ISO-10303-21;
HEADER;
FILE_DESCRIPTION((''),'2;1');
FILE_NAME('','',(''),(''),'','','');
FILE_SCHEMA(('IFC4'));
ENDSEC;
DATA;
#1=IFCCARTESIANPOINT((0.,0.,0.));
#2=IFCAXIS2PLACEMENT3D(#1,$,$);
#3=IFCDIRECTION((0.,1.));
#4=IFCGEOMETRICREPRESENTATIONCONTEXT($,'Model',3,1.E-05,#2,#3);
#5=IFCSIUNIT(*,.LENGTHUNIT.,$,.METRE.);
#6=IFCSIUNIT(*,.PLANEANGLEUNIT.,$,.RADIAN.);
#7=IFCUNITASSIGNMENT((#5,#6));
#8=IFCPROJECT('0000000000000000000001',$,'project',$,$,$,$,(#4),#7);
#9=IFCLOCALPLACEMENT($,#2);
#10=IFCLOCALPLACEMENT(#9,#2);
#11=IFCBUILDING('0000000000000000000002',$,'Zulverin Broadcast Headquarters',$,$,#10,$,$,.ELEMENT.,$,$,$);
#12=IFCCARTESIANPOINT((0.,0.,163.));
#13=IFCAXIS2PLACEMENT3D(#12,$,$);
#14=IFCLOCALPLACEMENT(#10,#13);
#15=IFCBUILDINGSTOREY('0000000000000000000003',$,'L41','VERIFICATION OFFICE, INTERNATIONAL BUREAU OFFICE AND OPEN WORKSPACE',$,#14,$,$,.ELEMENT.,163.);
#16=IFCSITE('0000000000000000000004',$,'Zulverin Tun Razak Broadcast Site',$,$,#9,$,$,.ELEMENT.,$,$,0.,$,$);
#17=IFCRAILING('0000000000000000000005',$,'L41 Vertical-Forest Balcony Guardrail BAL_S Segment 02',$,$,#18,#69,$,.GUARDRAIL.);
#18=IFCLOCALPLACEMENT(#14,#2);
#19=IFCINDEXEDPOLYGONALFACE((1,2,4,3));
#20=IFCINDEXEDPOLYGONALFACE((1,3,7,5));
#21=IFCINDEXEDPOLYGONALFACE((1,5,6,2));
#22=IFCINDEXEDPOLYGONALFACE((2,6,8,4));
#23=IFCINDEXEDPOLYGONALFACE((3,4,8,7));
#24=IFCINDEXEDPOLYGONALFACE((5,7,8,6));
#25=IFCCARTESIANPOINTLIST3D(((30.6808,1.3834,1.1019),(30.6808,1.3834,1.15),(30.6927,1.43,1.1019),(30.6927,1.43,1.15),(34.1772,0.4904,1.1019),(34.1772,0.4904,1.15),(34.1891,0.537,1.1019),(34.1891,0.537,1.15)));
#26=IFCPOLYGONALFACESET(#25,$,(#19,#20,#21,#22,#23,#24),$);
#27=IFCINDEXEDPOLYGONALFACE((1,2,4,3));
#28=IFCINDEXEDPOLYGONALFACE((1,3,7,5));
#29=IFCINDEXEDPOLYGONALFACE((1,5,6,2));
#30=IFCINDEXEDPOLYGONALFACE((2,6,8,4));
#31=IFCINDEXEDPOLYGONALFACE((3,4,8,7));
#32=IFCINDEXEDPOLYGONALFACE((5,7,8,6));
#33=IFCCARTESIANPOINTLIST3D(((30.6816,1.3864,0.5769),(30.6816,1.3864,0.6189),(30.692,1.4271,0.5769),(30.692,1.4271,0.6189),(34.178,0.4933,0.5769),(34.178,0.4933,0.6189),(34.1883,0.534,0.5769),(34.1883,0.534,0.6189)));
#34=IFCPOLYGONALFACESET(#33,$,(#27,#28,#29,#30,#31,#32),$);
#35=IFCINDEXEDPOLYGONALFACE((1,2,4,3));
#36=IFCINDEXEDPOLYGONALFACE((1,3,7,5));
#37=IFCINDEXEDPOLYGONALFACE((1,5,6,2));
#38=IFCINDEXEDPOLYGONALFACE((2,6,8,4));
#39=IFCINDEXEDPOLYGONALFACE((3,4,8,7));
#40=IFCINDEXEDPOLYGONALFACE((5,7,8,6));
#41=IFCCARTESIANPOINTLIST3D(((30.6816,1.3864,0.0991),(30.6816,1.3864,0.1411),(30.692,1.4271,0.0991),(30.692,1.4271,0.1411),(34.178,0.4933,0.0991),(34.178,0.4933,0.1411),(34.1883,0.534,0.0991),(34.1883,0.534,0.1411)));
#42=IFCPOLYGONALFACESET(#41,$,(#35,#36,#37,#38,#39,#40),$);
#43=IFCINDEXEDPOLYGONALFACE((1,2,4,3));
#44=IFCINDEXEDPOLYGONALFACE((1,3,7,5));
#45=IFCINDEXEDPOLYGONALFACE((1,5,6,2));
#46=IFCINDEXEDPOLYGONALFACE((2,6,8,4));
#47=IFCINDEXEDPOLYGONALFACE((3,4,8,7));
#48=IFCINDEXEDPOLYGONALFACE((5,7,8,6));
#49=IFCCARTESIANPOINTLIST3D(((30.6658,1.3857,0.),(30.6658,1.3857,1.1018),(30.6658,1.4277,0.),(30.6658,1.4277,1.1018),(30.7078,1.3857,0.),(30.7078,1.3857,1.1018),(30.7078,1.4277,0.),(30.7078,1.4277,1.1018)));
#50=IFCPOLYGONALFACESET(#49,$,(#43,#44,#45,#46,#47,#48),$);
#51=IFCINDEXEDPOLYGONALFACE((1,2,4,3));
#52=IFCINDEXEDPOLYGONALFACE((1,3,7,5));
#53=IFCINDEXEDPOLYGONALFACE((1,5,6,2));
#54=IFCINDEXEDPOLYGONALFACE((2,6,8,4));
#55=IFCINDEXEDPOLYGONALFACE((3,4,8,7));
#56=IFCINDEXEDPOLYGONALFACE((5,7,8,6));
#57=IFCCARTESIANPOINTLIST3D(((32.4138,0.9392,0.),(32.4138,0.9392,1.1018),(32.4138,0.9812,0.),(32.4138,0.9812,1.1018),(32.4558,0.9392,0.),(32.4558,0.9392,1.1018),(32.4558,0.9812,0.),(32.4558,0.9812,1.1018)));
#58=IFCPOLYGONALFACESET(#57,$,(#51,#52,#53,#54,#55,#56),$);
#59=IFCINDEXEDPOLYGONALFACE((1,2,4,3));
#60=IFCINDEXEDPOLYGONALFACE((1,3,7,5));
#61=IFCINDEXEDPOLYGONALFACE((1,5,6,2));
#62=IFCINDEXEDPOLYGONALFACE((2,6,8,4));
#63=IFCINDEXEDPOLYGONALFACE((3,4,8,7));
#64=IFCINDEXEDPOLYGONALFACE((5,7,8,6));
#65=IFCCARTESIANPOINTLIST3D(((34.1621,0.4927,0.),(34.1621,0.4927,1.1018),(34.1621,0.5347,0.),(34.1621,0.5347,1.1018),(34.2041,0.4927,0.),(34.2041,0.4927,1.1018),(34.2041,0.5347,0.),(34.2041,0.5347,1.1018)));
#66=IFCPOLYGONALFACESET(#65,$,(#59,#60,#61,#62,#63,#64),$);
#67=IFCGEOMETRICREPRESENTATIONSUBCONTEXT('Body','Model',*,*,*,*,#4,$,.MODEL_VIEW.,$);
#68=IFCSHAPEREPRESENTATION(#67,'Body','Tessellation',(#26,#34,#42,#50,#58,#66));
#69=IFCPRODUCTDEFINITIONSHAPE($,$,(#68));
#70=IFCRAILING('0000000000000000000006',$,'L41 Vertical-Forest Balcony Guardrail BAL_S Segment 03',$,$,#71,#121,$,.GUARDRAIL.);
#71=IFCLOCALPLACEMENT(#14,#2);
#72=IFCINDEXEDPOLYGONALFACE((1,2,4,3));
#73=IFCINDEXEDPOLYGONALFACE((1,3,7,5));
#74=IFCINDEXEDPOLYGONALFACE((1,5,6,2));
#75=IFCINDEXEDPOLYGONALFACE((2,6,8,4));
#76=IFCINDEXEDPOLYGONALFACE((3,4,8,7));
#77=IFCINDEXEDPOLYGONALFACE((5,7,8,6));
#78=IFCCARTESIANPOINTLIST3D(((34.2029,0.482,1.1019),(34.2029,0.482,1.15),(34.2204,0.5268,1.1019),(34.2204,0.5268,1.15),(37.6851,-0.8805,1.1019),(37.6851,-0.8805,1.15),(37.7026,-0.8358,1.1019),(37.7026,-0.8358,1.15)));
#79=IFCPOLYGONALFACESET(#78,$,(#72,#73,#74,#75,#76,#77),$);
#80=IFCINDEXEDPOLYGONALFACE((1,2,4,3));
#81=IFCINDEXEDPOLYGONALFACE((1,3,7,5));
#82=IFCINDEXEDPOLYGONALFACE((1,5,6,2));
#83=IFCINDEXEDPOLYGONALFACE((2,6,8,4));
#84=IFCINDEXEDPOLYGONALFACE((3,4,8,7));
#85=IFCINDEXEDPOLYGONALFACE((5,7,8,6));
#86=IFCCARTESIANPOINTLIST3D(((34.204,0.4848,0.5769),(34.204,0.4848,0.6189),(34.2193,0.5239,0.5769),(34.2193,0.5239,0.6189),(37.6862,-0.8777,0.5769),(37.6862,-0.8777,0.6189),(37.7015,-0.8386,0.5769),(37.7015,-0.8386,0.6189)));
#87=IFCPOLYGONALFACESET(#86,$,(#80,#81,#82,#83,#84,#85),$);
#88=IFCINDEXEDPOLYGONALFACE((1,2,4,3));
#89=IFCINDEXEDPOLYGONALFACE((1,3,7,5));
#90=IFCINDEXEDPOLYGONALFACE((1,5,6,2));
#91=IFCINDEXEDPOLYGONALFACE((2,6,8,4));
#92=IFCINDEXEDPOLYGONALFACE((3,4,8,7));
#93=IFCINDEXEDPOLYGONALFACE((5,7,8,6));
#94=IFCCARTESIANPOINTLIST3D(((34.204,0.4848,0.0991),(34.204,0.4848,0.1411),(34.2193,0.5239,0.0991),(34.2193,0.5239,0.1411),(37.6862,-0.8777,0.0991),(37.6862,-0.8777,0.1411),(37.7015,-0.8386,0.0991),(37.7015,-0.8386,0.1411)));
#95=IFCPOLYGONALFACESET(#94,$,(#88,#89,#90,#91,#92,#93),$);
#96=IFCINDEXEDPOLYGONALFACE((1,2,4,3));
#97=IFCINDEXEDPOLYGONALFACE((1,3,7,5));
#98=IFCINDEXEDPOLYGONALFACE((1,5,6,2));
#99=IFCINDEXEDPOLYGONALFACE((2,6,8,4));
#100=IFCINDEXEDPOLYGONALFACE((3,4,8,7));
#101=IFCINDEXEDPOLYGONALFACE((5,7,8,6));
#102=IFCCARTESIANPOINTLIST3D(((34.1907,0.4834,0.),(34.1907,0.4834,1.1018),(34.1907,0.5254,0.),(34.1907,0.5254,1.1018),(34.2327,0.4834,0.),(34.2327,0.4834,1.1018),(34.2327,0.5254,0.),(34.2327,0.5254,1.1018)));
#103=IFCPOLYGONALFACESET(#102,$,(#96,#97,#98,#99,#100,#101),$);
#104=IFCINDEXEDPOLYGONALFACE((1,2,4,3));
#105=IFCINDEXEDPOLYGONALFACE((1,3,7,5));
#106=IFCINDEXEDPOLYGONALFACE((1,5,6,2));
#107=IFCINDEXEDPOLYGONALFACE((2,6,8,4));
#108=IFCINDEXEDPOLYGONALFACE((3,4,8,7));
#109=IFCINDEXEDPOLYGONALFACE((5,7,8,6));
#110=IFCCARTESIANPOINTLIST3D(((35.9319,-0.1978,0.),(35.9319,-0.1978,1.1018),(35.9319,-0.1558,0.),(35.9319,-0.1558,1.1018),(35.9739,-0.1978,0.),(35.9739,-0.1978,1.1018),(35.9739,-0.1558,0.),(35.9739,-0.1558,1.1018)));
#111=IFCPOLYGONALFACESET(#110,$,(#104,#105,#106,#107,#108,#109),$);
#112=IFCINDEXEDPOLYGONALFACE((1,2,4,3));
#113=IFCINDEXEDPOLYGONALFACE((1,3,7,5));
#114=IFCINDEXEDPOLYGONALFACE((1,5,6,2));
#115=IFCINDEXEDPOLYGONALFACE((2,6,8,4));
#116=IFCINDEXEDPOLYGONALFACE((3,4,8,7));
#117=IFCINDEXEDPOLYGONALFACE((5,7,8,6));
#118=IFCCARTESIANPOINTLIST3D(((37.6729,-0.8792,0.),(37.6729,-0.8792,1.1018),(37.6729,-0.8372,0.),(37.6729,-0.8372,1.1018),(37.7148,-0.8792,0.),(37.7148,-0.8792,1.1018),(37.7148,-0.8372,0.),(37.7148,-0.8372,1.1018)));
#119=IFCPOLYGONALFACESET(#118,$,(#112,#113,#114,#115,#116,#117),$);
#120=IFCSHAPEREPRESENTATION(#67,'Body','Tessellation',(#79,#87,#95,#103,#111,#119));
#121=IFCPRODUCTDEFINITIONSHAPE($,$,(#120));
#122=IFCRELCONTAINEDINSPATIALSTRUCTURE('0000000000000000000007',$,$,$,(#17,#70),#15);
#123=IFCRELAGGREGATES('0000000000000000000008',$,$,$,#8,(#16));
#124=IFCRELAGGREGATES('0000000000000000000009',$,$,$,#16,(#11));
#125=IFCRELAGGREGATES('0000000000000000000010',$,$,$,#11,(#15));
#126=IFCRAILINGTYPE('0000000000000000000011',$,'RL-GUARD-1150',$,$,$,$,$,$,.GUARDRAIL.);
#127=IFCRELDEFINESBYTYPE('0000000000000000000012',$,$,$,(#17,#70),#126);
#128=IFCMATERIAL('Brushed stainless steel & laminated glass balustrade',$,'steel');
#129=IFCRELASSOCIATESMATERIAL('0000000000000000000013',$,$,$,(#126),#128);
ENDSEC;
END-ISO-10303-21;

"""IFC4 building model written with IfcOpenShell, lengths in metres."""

from ifc_helpers import new_model, si_unit, direction, frame, origin, origin_2d, place, context, subcontext, project, spatial, rectangle, extrude, material, type_object, element, save


model = new_model("IFC4")

# Units and contexts
model_context = context("Model", 3, precision=1e-05, world=origin(), true_north=direction((0.0, 1.0)))
body_context = subcontext(model_context, "Body", "Model", "MODEL_VIEW")
ifc_project = project(units=[si_unit("LENGTHUNIT", "METRE"), si_unit("PLANEANGLEUNIT", "RADIAN")], contexts=[model_context])

# Site, building, storey
site_placement = place(None, origin())
site = spatial("IfcSite", under=ifc_project, at=site_placement, Name="Zulverin Tun Razak Broadcast Site", CompositionType="ELEMENT", RefElevation=0.0)
building_placement = place(site_placement, origin())
building = spatial("IfcBuilding", under=site, at=building_placement, Name="Zulverin Broadcast Headquarters", CompositionType="ELEMENT")
storey_placement = place(building_placement, frame((0.0, 0.0, 163.0)))
storey = spatial("IfcBuildingStorey", under=building, at=storey_placement, Name="L41", Description="VERIFICATION OFFICE, INTERNATIONAL BUREAU OFFICE AND OPEN WORKSPACE", CompositionType="ELEMENT", Elevation=163.0)

# Railings
ifc_material_1 = material(Name="Brushed stainless steel & laminated glass balustrade", Category="steel")
railing_type = type_object("IfcRailingType", Name="RL-GUARD-1150", PredefinedType="GUARDRAIL", material=ifc_material_1)
railing_1_placement = place(storey_placement, frame((30.6868, 1.4067, 0.0)))
element("IfcRailing", 1, at=railing_1_placement, inside=storey, type_object=railing_type, Name="L41 Vertical-Forest Balcony Guardrail BAL_S Segment 02", PredefinedType="GUARDRAIL", context=body_context, shape_type="SweptSolid", body=[
    extrude(rectangle(XDim=0.0481, YDim=0.0481, at=origin_2d()), frame((0.0, 0.0, 1.126), z_axis=(0.968892, -0.247483, 0.0), x_axis=(0.247483, 0.968892, 0.0)), (0.0, 0.0, 1.0), 3.6086),
    extrude(rectangle(XDim=0.042, YDim=0.042, at=origin_2d()), frame((0.0, 0.0, 0.5979), z_axis=(0.968892, -0.247483, 0.0), x_axis=(0.247483, 0.968892, 0.0)), (0.0, 0.0, 1.0), 3.6086),
    extrude(rectangle(XDim=0.042, YDim=0.042, at=origin_2d()), frame((0.0, 0.0, 0.1201), z_axis=(0.968892, -0.247483, 0.0), x_axis=(0.247483, 0.968892, 0.0)), (0.0, 0.0, 1.0), 3.6086),
    extrude(rectangle(XDim=0.042, YDim=0.042, at=origin_2d()), origin(), (0.0, 0.0, 1.0), 1.1018),
    extrude(rectangle(XDim=0.042, YDim=0.042, at=origin_2d()), frame((1.748, -0.4465, 0.0)), (0.0, 0.0, 1.0), 1.1018),
    extrude(rectangle(XDim=0.042, YDim=0.042, at=origin_2d()), frame((3.4963, -0.8931, 0.0)), (0.0, 0.0, 1.0), 1.1018),
])
railing_2_placement = place(storey_placement, frame((34.2117, 0.5044, 0.0)))
element("IfcRailing", 2, at=railing_2_placement, inside=storey, type_object=railing_type, Name="L41 Vertical-Forest Balcony Guardrail BAL_S Segment 03", PredefinedType="GUARDRAIL", context=body_context, shape_type="SweptSolid", body=[
    extrude(rectangle(XDim=0.0481, YDim=0.0481, at=origin_2d()), frame((0.0, 0.0, 1.126), z_axis=(0.931247, -0.36439, 0.0), x_axis=(0.36439, 0.931247, 0.0)), (0.0, 0.0, 1.0), 3.7393),
    extrude(rectangle(XDim=0.042, YDim=0.042, at=origin_2d()), frame((0.0, 0.0, 0.5979), z_axis=(0.931247, -0.36439, 0.0), x_axis=(0.36439, 0.931247, 0.0)), (0.0, 0.0, 1.0), 3.7393),
    extrude(rectangle(XDim=0.042, YDim=0.042, at=origin_2d()), frame((0.0, 0.0, 0.1201), z_axis=(0.931247, -0.36439, 0.0), x_axis=(0.36439, 0.931247, 0.0)), (0.0, 0.0, 1.0), 3.7393),
    extrude(rectangle(XDim=0.042, YDim=0.042, at=origin_2d()), origin(), (0.0, 0.0, 1.0), 1.1018),
    extrude(rectangle(XDim=0.042, YDim=0.042, at=origin_2d()), frame((1.7412, -0.6812, 0.0)), (0.0, 0.0, 1.0), 1.1018),
    extrude(rectangle(XDim=0.042, YDim=0.042, at=origin_2d()), frame((3.4822, -1.3625, 0.0)), (0.0, 0.0, 1.0), 1.1018),
])

save(model, "model.ifc")
